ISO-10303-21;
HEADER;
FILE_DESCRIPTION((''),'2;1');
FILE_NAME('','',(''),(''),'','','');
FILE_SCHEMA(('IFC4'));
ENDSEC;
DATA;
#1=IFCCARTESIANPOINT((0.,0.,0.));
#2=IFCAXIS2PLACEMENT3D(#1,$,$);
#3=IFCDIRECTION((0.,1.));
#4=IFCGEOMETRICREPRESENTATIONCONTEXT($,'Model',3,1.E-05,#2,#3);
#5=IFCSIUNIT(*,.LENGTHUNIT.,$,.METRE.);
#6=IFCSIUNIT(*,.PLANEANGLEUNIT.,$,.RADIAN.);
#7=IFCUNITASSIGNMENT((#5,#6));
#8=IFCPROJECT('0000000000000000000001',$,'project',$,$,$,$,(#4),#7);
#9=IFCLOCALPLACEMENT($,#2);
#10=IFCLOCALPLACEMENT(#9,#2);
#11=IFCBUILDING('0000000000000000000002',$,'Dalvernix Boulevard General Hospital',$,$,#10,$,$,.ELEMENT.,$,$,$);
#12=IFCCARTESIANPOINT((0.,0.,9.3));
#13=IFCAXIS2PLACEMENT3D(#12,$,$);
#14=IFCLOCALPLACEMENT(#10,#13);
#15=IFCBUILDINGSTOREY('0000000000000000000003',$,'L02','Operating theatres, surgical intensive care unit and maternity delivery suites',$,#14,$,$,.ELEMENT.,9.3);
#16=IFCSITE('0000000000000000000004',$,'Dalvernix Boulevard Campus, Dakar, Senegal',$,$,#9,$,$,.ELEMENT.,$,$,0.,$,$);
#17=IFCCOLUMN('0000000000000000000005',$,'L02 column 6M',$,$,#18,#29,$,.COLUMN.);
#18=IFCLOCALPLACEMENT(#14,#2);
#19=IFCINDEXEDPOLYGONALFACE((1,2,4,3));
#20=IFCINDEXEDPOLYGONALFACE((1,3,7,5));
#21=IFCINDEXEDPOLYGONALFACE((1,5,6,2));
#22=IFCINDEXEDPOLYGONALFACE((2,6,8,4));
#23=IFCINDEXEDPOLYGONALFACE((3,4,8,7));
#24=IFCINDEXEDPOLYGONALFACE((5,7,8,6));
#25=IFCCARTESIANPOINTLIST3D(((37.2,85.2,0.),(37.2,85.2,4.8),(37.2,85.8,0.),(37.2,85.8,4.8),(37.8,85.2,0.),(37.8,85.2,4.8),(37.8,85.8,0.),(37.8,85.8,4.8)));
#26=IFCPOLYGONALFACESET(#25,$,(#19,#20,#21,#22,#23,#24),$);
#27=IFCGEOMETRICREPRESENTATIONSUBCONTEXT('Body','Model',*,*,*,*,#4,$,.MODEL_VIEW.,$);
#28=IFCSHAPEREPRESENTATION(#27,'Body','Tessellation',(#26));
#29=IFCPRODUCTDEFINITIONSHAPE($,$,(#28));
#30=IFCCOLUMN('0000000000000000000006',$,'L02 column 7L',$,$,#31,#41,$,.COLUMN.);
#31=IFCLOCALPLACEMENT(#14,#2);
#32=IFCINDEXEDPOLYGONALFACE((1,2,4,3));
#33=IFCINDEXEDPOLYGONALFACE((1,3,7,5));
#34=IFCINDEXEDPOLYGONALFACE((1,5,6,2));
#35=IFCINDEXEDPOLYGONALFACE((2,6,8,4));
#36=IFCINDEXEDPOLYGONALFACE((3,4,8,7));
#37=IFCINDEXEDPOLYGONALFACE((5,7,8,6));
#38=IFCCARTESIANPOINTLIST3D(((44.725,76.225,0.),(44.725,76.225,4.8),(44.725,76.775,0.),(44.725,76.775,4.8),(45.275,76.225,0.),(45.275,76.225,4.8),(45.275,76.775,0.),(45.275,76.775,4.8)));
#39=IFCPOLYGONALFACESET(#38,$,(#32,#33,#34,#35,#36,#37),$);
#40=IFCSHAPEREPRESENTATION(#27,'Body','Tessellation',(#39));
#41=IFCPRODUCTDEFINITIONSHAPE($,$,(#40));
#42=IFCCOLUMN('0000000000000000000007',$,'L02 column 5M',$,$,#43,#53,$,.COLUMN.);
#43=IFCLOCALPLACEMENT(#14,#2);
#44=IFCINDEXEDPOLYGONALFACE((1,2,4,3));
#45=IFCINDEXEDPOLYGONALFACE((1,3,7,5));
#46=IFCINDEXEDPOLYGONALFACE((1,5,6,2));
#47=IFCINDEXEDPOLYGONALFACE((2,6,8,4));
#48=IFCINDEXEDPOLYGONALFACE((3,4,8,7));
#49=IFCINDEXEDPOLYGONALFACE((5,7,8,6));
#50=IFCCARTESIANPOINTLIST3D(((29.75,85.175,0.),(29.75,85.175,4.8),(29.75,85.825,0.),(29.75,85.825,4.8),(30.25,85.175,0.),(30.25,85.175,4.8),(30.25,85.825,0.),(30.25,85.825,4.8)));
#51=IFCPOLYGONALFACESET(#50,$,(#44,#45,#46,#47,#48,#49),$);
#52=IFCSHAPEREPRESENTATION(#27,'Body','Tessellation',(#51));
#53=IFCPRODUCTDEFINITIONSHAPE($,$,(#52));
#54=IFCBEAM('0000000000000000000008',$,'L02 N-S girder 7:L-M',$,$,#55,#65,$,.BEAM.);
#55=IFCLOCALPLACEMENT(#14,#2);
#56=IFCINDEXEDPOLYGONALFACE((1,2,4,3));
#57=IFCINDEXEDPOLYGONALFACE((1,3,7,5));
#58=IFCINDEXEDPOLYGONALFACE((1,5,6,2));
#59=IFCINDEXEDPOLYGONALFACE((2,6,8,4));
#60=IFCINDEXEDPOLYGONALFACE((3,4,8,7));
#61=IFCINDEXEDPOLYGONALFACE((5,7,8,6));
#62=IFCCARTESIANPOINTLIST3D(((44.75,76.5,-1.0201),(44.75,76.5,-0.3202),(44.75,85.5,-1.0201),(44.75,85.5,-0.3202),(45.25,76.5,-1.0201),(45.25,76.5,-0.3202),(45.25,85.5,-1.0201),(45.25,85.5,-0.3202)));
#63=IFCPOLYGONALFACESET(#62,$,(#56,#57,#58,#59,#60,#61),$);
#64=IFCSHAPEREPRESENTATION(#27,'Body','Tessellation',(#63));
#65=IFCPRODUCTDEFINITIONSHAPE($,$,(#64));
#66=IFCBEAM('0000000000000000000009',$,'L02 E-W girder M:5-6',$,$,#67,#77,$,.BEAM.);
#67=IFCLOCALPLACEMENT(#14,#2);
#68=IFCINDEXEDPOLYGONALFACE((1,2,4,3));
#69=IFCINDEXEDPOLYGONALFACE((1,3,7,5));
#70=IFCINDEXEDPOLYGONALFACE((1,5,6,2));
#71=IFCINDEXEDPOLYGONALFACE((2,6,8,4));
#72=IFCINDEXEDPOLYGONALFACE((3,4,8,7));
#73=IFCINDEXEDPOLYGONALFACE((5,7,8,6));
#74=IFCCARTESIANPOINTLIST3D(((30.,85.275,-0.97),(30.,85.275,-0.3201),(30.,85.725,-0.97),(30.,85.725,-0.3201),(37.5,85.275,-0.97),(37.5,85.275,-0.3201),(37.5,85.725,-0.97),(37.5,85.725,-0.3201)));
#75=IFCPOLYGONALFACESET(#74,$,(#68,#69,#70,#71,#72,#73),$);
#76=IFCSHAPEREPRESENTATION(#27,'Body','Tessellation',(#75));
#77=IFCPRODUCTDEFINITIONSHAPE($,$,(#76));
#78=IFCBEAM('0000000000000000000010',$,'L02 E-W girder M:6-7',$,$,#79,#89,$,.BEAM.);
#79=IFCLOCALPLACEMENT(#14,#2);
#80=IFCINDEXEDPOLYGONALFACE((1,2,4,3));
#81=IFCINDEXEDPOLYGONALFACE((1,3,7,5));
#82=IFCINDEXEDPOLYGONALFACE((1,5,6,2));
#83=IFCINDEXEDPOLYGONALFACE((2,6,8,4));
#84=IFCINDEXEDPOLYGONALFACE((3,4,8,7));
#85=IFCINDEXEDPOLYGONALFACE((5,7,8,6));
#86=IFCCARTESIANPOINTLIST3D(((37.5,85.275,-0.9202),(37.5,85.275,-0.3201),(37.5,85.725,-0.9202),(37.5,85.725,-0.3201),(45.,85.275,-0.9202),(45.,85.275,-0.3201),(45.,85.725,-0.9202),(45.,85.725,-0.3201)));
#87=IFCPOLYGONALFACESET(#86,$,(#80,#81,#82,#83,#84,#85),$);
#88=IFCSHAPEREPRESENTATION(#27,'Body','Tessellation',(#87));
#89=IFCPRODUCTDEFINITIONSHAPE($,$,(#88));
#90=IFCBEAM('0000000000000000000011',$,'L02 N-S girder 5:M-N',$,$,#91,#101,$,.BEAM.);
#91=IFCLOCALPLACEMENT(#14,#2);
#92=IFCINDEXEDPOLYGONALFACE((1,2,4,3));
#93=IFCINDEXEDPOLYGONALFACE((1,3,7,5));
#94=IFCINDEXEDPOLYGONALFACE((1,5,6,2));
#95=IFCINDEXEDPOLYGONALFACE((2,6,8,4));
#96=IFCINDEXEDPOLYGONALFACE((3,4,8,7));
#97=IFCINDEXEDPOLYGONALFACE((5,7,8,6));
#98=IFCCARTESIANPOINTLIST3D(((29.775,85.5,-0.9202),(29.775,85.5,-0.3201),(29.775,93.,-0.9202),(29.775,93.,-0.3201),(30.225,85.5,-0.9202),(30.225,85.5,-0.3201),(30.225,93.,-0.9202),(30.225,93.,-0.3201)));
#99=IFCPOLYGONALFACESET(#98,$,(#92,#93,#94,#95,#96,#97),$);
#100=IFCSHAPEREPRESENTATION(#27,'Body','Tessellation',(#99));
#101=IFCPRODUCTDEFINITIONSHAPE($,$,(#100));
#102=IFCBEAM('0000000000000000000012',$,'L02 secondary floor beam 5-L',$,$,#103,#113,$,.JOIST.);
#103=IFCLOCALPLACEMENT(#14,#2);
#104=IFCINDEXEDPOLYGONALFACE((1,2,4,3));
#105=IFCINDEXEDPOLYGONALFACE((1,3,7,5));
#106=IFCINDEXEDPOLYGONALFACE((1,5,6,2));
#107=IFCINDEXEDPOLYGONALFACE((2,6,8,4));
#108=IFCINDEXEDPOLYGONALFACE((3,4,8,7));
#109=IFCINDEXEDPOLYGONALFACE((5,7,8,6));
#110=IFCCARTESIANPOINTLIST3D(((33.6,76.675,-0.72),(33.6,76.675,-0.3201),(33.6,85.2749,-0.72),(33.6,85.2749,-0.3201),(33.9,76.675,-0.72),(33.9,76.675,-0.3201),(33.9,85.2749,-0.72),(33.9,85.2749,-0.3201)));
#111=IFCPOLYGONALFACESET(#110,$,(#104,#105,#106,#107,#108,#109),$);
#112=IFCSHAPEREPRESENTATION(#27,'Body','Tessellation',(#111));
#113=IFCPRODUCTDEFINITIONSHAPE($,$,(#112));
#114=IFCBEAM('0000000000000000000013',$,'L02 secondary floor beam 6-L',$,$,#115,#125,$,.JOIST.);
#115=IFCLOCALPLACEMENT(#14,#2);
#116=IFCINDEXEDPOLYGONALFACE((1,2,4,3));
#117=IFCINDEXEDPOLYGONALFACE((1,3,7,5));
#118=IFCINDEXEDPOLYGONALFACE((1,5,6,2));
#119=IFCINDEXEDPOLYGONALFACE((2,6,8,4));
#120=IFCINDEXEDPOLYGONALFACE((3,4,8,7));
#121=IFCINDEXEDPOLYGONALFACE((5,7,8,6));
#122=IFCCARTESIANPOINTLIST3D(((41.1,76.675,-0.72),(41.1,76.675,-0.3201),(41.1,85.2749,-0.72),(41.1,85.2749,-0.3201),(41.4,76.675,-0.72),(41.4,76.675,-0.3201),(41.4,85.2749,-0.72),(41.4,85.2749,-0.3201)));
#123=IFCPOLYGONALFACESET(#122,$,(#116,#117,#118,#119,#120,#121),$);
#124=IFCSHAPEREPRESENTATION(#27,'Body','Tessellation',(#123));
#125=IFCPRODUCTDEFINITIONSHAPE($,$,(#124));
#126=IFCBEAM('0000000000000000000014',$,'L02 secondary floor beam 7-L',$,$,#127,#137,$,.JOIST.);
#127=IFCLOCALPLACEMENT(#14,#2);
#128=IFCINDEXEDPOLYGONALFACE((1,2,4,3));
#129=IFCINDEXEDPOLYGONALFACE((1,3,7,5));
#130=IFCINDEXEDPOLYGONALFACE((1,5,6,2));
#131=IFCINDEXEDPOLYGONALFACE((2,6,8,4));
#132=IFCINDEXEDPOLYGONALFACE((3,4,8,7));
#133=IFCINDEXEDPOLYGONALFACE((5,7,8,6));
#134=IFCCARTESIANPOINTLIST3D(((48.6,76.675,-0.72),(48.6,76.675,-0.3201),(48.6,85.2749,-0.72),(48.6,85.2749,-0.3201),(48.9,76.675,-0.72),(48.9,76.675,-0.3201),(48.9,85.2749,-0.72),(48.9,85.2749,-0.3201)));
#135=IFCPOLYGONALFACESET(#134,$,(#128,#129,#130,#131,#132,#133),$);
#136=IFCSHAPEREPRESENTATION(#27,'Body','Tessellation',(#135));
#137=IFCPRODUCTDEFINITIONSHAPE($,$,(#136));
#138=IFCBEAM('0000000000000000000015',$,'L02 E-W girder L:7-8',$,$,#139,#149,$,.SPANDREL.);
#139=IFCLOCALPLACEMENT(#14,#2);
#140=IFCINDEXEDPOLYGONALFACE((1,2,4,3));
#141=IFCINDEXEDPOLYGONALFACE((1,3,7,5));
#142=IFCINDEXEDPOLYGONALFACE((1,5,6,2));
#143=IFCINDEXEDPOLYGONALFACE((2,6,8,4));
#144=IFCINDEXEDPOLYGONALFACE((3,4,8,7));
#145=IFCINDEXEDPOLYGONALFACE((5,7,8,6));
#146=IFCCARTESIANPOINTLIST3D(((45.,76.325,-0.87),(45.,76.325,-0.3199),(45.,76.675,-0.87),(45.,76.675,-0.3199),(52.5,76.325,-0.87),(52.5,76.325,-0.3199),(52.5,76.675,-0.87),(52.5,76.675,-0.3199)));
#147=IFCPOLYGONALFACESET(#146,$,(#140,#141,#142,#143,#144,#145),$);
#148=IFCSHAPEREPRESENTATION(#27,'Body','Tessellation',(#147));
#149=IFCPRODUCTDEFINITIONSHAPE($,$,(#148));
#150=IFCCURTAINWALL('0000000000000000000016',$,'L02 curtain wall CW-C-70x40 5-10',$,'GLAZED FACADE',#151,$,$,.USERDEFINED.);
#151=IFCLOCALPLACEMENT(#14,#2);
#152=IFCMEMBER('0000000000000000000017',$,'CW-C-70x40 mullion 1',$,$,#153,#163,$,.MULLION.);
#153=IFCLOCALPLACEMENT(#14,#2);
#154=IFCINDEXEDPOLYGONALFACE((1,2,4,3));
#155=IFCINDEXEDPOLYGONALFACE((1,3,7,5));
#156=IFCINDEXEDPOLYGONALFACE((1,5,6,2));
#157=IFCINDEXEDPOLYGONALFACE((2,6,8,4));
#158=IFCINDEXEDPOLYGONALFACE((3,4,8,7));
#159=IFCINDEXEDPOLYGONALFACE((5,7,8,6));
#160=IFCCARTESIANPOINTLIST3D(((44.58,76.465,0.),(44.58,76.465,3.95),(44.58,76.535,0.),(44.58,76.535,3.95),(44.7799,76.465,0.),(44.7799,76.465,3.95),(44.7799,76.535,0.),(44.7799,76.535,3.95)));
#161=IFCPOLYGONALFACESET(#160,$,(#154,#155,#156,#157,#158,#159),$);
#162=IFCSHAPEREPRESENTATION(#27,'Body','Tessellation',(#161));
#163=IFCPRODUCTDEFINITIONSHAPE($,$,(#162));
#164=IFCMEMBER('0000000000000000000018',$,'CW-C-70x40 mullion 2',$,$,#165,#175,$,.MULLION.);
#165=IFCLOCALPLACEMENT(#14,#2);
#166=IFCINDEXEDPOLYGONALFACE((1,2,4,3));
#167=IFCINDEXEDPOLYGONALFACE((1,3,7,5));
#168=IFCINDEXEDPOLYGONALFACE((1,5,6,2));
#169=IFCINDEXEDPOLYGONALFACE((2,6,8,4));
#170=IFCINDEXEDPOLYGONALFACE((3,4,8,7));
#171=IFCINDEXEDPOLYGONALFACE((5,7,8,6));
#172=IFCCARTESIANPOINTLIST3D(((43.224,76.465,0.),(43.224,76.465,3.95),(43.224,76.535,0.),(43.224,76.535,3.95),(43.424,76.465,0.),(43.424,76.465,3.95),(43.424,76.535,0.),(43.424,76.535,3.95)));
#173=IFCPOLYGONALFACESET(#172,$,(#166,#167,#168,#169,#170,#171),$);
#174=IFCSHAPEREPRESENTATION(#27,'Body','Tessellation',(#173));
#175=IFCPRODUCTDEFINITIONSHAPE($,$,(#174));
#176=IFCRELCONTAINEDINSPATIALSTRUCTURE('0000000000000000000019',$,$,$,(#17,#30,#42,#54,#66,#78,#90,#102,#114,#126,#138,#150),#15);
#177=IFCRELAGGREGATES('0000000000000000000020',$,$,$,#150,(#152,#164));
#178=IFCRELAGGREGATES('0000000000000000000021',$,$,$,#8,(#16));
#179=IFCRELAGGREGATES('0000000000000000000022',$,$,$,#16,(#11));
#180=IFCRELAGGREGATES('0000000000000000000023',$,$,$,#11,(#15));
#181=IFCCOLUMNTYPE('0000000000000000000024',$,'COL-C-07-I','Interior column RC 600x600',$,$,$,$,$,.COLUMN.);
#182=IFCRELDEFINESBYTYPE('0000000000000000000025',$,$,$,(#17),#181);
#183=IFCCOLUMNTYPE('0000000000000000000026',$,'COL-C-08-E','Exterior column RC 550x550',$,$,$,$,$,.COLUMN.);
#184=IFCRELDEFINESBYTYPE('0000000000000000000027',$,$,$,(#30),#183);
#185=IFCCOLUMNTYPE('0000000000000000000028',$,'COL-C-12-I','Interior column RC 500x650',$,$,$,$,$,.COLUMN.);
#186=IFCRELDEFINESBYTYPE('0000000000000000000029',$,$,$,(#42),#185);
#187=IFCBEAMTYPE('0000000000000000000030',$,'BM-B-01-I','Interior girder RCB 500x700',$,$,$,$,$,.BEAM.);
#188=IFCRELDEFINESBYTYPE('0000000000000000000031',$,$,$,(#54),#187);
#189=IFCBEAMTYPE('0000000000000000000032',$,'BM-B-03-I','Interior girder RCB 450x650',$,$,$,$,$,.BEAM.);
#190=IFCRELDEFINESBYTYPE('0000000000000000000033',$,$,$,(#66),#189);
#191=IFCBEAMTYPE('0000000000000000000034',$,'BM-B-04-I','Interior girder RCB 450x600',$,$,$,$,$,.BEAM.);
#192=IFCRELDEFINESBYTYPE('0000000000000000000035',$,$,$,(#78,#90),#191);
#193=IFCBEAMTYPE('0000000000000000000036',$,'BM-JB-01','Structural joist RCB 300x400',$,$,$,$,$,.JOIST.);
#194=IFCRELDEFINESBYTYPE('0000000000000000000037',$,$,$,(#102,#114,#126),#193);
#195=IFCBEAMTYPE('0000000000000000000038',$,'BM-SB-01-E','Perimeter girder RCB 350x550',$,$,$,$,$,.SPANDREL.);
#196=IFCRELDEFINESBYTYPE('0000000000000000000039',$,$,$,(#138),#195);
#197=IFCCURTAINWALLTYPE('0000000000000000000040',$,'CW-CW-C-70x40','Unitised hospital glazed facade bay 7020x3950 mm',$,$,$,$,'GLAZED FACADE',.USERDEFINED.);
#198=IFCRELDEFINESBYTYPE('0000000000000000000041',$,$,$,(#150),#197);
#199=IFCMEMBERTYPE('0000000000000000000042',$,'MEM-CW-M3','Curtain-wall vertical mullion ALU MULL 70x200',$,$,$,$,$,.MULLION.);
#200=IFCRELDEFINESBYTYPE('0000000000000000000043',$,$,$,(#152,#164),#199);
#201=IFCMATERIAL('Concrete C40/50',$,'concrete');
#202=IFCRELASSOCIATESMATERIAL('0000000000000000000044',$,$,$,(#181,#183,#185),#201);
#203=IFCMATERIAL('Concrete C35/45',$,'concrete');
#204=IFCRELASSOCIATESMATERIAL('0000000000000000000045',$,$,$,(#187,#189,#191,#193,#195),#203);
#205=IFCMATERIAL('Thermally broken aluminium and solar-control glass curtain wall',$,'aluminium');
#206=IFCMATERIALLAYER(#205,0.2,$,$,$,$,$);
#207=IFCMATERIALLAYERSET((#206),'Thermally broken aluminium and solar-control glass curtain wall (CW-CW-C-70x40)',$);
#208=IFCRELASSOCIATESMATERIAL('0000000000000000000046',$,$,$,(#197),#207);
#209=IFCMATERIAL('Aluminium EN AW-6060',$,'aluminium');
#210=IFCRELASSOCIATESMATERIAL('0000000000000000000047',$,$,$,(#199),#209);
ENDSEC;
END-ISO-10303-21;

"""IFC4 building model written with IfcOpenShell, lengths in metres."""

from ifc_helpers import new_model, si_unit, direction, frame, origin, origin_2d, place, context, subcontext, project, spatial, rectangle, extrude, material, layer, layer_set, material_profile, profile_set, type_object, element, aggregate, save


model = new_model("IFC4")

# Units and contexts
model_context = context("Model", 3, precision=1e-05, world=origin(), true_north=direction((0.0, 1.0)))
body_context = subcontext(model_context, "Body", "Model", "MODEL_VIEW")
ifc_project = project(units=[si_unit("LENGTHUNIT", "METRE"), si_unit("PLANEANGLEUNIT", "RADIAN")], contexts=[model_context])

# Site, building, storey
site_placement = place(None, origin())
site = spatial("IfcSite", under=ifc_project, at=site_placement, Name="Dalvernix Boulevard Campus, Dakar, Senegal", CompositionType="ELEMENT", RefElevation=0.0)
building_placement = place(site_placement, origin())
building = spatial("IfcBuilding", under=site, at=building_placement, Name="Dalvernix Boulevard General Hospital", CompositionType="ELEMENT")
storey_placement = place(building_placement, frame((0.0, 0.0, 9.3)))
storey = spatial("IfcBuildingStorey", under=building, at=storey_placement, Name="L02", Description="Operating theatres, surgical intensive care unit and maternity delivery suites", CompositionType="ELEMENT", Elevation=9.3)

# Columns
ifc_material_1 = material(Name="Concrete C40/50", Category="concrete")
ifc_material_profile_1 = material_profile(ifc_material_1, rectangle(XDim=0.6001, YDim=0.6001, at=origin_2d()), Name="RC 600x600")
ifc_profile_set_1 = profile_set([ifc_material_profile_1], Name="Concrete C40/50")
column_type_1 = type_object("IfcColumnType", Name="COL-C-07-I", Description="Interior column RC 600x600", PredefinedType="COLUMN", material=ifc_profile_set_1)
column_1_placement = place(storey_placement, frame((37.5, 85.5, 0.0), z_axis=(0.0, 0.0, 1.0), x_axis=(1.0, 0.0, 0.0)))
element("IfcColumn", 1, at=column_1_placement, inside=storey, type_object=column_type_1, Name="L02 column 6M", PredefinedType="COLUMN", context=body_context, shape_type="SweptSolid", body=[
    extrude(rectangle(XDim=0.6001, YDim=0.6001, at=origin_2d()), origin(), (0.0, 0.0, 1.0), 4.8),
])
ifc_material_profile_2 = material_profile(ifc_material_1, rectangle(XDim=0.55, YDim=0.55, at=origin_2d()), Name="RC 550x550")
ifc_profile_set_2 = profile_set([ifc_material_profile_2], Name="Concrete C40/50")
column_type_2 = type_object("IfcColumnType", Name="COL-C-08-E", Description="Exterior column RC 550x550", PredefinedType="COLUMN", material=ifc_profile_set_2)
column_2_placement = place(storey_placement, frame((45.0, 76.5, 0.0), z_axis=(0.0, 0.0, 1.0), x_axis=(1.0, 0.0, 0.0)))
element("IfcColumn", 2, at=column_2_placement, inside=storey, type_object=column_type_2, Name="L02 column 7L", PredefinedType="COLUMN", context=body_context, shape_type="SweptSolid", body=[
    extrude(rectangle(XDim=0.55, YDim=0.55, at=origin_2d()), origin(), (0.0, 0.0, 1.0), 4.8),
])
ifc_material_profile_3 = material_profile(ifc_material_1, rectangle(XDim=0.5, YDim=0.6499, at=origin_2d()), Name="RC 500x650")
ifc_profile_set_3 = profile_set([ifc_material_profile_3], Name="Concrete C40/50")
column_type_3 = type_object("IfcColumnType", Name="COL-C-12-I", Description="Interior column RC 500x650", PredefinedType="COLUMN", material=ifc_profile_set_3)
column_3_placement = place(storey_placement, frame((30.0, 85.5, 0.0), z_axis=(0.0, 0.0, 1.0), x_axis=(1.0, 0.0, 0.0)))
element("IfcColumn", 3, at=column_3_placement, inside=storey, type_object=column_type_3, Name="L02 column 5M", PredefinedType="COLUMN", context=body_context, shape_type="SweptSolid", body=[
    extrude(rectangle(XDim=0.5, YDim=0.6499, at=origin_2d()), origin(), (0.0, 0.0, 1.0), 4.8),
])

# Beams
ifc_material_2 = material(Name="Concrete C35/45", Category="concrete")
ifc_material_profile_4 = material_profile(ifc_material_2, rectangle(XDim=0.5, YDim=0.7, at=origin_2d()), Name="RCB 500x700")
ifc_profile_set_4 = profile_set([ifc_material_profile_4], Name="Concrete C35/45")
beam_type_1 = type_object("IfcBeamType", Name="BM-B-01-I", Description="Interior girder RCB 500x700", PredefinedType="BEAM", material=ifc_profile_set_4)
beam_1_placement = place(storey_placement, frame((45.0, 76.5, -0.6702), z_axis=(0.0, 1.0, 0.0), x_axis=(-1.0, 0.0, 0.0)))
element("IfcBeam", 4, at=beam_1_placement, inside=storey, type_object=beam_type_1, Name="L02 N-S girder 7:L-M", PredefinedType="BEAM", context=body_context, shape_type="SweptSolid", body=[
    extrude(rectangle(XDim=0.5, YDim=0.7, at=origin_2d()), origin(), (0.0, 0.0, 1.0), 9.0),
])
ifc_material_profile_5 = material_profile(ifc_material_2, rectangle(XDim=0.45, YDim=0.6499, at=origin_2d()), Name="RCB 450x650")
ifc_profile_set_5 = profile_set([ifc_material_profile_5], Name="Concrete C35/45")
beam_type_2 = type_object("IfcBeamType", Name="BM-B-03-I", Description="Interior girder RCB 450x650", PredefinedType="BEAM", material=ifc_profile_set_5)
beam_2_placement = place(storey_placement, frame((30.0, 85.5, -0.645), z_axis=(1.0, 0.0, 0.0), x_axis=(0.0, 1.0, 0.0)))
element("IfcBeam", 5, at=beam_2_placement, inside=storey, type_object=beam_type_2, Name="L02 E-W girder M:5-6", PredefinedType="BEAM", context=body_context, shape_type="SweptSolid", body=[
    extrude(rectangle(XDim=0.45, YDim=0.6499, at=origin_2d()), origin(), (0.0, 0.0, 1.0), 7.5),
])
ifc_material_profile_6 = material_profile(ifc_material_2, rectangle(XDim=0.45, YDim=0.6001, at=origin_2d()), Name="RCB 450x600")
ifc_profile_set_6 = profile_set([ifc_material_profile_6], Name="Concrete C35/45")
beam_type_3 = type_object("IfcBeamType", Name="BM-B-04-I", Description="Interior girder RCB 450x600", PredefinedType="BEAM", material=ifc_profile_set_6)
for number, where, z_axis, x_axis, name in (
    (6, (37.5, 85.5, -0.6201), (1.0, 0.0, 0.0), (0.0, 1.0, 0.0), "L02 E-W girder M:6-7"),
    (7, (30.0, 85.5, -0.6201), (0.0, 1.0, 0.0), (-1.0, 0.0, 0.0), "L02 N-S girder 5:M-N"),
):
    element("IfcBeam", number, at=place(storey_placement, frame(where, z_axis=z_axis, x_axis=x_axis)), inside=storey, type_object=beam_type_3, Name=name, PredefinedType="BEAM", context=body_context, shape_type="SweptSolid", body=[
        extrude(rectangle(XDim=0.45, YDim=0.6001, at=origin_2d()), origin(), (0.0, 0.0, 1.0), 7.5),
    ])
ifc_material_profile_7 = material_profile(ifc_material_2, rectangle(XDim=0.3, YDim=0.3999, at=origin_2d()), Name="RCB 300x400")
ifc_profile_set_7 = profile_set([ifc_material_profile_7], Name="Concrete C35/45")
beam_type_4 = type_object("IfcBeamType", Name="BM-JB-01", Description="Structural joist RCB 300x400", PredefinedType="JOIST", material=ifc_profile_set_7)
for number, where, z_axis, x_axis, name in (
    (8, (33.75, 76.675, -0.52), (0.0, 1.0, 0.0), (-1.0, 0.0, 0.0), "L02 secondary floor beam 5-L"),
    (9, (41.25, 76.675, -0.52), (0.0, 1.0, 0.0), (-1.0, 0.0, 0.0), "L02 secondary floor beam 6-L"),
    (10, (48.75, 76.675, -0.52), (0.0, 1.0, 0.0), (-1.0, 0.0, 0.0), "L02 secondary floor beam 7-L"),
):
    element("IfcBeam", number, at=place(storey_placement, frame(where, z_axis=z_axis, x_axis=x_axis)), inside=storey, type_object=beam_type_4, Name=name, PredefinedType="JOIST", context=body_context, shape_type="SweptSolid", body=[
        extrude(rectangle(XDim=0.3, YDim=0.3999, at=origin_2d()), origin(), (0.0, 0.0, 1.0), 8.5999),
    ])
ifc_material_profile_8 = material_profile(ifc_material_2, rectangle(XDim=0.3501, YDim=0.55, at=origin_2d()), Name="RCB 350x550")
ifc_profile_set_8 = profile_set([ifc_material_profile_8], Name="Concrete C35/45")
beam_type_5 = type_object("IfcBeamType", Name="BM-SB-01-E", Description="Perimeter girder RCB 350x550", PredefinedType="SPANDREL", material=ifc_profile_set_8)
beam_3_placement = place(storey_placement, frame((45.0, 76.5, -0.595), z_axis=(1.0, 0.0, 0.0), x_axis=(0.0, 1.0, 0.0)))
element("IfcBeam", 11, at=beam_3_placement, inside=storey, type_object=beam_type_5, Name="L02 E-W girder L:7-8", PredefinedType="SPANDREL", context=body_context, shape_type="SweptSolid", body=[
    extrude(rectangle(XDim=0.3501, YDim=0.55, at=origin_2d()), origin(), (0.0, 0.0, 1.0), 7.5),
])

# Curtain wall, members
ifc_material_3 = material(Name="Thermally broken aluminium and solar-control glass curtain wall", Category="aluminium")
ifc_layer_1 = layer(ifc_material_3, 0.2)
ifc_layer_set_1 = layer_set([ifc_layer_1], Name="Thermally broken aluminium and solar-control glass curtain wall (CW-CW-C-70x40)")
curtain_wall_type = type_object("IfcCurtainWallType", Name="CW-CW-C-70x40", Description="Unitised hospital glazed facade bay 7020x3950 mm", ElementType="GLAZED FACADE", PredefinedType="USERDEFINED", material=ifc_layer_set_1)
curtain_wall_placement = place(storey_placement, origin())
curtain_wall = element("IfcCurtainWall", 12, at=curtain_wall_placement, inside=storey, type_object=curtain_wall_type, Name="L02 curtain wall CW-C-70x40 5-10", ObjectType="GLAZED FACADE", PredefinedType="USERDEFINED")
ifc_material_4 = material(Name="Aluminium EN AW-6060", Category="aluminium")
ifc_material_profile_9 = material_profile(ifc_material_4, rectangle(XDim=0.0701, YDim=0.2, at=origin_2d()), Name="ALU MULL 70x200")
ifc_profile_set_9 = profile_set([ifc_material_profile_9], Name="Aluminium EN AW-6060")
member_type_1 = type_object("IfcMemberType", Name="MEM-CW-M3", Description="Curtain-wall vertical mullion ALU MULL 70x200", PredefinedType="MULLION", material=ifc_profile_set_9)
member_1_placement = place(storey_placement, frame((44.6799, 76.5, 0.0), z_axis=(0.0, 0.0, 1.0), x_axis=(0.0, -1.0, 0.0)))
member_1 = element("IfcMember", 13, at=member_1_placement, type_object=member_type_1, Name="CW-C-70x40 mullion 1", PredefinedType="MULLION", context=body_context, shape_type="SweptSolid", body=[
    extrude(rectangle(XDim=0.0701, YDim=0.2, at=origin_2d()), origin(), (0.0, 0.0, 1.0), 3.95),
])
member_2_placement = place(storey_placement, frame((43.324, 76.5, 0.0), z_axis=(0.0, 0.0, 1.0), x_axis=(0.0, -1.0, 0.0)))
member_2 = element("IfcMember", 14, at=member_2_placement, type_object=member_type_1, Name="CW-C-70x40 mullion 2", PredefinedType="MULLION", context=body_context, shape_type="SweptSolid", body=[
    extrude(rectangle(XDim=0.0701, YDim=0.2, at=origin_2d()), origin(), (0.0, 0.0, 1.0), 3.95),
])
aggregate(curtain_wall, [member_1, member_2])

save(model, "model.ifc")
